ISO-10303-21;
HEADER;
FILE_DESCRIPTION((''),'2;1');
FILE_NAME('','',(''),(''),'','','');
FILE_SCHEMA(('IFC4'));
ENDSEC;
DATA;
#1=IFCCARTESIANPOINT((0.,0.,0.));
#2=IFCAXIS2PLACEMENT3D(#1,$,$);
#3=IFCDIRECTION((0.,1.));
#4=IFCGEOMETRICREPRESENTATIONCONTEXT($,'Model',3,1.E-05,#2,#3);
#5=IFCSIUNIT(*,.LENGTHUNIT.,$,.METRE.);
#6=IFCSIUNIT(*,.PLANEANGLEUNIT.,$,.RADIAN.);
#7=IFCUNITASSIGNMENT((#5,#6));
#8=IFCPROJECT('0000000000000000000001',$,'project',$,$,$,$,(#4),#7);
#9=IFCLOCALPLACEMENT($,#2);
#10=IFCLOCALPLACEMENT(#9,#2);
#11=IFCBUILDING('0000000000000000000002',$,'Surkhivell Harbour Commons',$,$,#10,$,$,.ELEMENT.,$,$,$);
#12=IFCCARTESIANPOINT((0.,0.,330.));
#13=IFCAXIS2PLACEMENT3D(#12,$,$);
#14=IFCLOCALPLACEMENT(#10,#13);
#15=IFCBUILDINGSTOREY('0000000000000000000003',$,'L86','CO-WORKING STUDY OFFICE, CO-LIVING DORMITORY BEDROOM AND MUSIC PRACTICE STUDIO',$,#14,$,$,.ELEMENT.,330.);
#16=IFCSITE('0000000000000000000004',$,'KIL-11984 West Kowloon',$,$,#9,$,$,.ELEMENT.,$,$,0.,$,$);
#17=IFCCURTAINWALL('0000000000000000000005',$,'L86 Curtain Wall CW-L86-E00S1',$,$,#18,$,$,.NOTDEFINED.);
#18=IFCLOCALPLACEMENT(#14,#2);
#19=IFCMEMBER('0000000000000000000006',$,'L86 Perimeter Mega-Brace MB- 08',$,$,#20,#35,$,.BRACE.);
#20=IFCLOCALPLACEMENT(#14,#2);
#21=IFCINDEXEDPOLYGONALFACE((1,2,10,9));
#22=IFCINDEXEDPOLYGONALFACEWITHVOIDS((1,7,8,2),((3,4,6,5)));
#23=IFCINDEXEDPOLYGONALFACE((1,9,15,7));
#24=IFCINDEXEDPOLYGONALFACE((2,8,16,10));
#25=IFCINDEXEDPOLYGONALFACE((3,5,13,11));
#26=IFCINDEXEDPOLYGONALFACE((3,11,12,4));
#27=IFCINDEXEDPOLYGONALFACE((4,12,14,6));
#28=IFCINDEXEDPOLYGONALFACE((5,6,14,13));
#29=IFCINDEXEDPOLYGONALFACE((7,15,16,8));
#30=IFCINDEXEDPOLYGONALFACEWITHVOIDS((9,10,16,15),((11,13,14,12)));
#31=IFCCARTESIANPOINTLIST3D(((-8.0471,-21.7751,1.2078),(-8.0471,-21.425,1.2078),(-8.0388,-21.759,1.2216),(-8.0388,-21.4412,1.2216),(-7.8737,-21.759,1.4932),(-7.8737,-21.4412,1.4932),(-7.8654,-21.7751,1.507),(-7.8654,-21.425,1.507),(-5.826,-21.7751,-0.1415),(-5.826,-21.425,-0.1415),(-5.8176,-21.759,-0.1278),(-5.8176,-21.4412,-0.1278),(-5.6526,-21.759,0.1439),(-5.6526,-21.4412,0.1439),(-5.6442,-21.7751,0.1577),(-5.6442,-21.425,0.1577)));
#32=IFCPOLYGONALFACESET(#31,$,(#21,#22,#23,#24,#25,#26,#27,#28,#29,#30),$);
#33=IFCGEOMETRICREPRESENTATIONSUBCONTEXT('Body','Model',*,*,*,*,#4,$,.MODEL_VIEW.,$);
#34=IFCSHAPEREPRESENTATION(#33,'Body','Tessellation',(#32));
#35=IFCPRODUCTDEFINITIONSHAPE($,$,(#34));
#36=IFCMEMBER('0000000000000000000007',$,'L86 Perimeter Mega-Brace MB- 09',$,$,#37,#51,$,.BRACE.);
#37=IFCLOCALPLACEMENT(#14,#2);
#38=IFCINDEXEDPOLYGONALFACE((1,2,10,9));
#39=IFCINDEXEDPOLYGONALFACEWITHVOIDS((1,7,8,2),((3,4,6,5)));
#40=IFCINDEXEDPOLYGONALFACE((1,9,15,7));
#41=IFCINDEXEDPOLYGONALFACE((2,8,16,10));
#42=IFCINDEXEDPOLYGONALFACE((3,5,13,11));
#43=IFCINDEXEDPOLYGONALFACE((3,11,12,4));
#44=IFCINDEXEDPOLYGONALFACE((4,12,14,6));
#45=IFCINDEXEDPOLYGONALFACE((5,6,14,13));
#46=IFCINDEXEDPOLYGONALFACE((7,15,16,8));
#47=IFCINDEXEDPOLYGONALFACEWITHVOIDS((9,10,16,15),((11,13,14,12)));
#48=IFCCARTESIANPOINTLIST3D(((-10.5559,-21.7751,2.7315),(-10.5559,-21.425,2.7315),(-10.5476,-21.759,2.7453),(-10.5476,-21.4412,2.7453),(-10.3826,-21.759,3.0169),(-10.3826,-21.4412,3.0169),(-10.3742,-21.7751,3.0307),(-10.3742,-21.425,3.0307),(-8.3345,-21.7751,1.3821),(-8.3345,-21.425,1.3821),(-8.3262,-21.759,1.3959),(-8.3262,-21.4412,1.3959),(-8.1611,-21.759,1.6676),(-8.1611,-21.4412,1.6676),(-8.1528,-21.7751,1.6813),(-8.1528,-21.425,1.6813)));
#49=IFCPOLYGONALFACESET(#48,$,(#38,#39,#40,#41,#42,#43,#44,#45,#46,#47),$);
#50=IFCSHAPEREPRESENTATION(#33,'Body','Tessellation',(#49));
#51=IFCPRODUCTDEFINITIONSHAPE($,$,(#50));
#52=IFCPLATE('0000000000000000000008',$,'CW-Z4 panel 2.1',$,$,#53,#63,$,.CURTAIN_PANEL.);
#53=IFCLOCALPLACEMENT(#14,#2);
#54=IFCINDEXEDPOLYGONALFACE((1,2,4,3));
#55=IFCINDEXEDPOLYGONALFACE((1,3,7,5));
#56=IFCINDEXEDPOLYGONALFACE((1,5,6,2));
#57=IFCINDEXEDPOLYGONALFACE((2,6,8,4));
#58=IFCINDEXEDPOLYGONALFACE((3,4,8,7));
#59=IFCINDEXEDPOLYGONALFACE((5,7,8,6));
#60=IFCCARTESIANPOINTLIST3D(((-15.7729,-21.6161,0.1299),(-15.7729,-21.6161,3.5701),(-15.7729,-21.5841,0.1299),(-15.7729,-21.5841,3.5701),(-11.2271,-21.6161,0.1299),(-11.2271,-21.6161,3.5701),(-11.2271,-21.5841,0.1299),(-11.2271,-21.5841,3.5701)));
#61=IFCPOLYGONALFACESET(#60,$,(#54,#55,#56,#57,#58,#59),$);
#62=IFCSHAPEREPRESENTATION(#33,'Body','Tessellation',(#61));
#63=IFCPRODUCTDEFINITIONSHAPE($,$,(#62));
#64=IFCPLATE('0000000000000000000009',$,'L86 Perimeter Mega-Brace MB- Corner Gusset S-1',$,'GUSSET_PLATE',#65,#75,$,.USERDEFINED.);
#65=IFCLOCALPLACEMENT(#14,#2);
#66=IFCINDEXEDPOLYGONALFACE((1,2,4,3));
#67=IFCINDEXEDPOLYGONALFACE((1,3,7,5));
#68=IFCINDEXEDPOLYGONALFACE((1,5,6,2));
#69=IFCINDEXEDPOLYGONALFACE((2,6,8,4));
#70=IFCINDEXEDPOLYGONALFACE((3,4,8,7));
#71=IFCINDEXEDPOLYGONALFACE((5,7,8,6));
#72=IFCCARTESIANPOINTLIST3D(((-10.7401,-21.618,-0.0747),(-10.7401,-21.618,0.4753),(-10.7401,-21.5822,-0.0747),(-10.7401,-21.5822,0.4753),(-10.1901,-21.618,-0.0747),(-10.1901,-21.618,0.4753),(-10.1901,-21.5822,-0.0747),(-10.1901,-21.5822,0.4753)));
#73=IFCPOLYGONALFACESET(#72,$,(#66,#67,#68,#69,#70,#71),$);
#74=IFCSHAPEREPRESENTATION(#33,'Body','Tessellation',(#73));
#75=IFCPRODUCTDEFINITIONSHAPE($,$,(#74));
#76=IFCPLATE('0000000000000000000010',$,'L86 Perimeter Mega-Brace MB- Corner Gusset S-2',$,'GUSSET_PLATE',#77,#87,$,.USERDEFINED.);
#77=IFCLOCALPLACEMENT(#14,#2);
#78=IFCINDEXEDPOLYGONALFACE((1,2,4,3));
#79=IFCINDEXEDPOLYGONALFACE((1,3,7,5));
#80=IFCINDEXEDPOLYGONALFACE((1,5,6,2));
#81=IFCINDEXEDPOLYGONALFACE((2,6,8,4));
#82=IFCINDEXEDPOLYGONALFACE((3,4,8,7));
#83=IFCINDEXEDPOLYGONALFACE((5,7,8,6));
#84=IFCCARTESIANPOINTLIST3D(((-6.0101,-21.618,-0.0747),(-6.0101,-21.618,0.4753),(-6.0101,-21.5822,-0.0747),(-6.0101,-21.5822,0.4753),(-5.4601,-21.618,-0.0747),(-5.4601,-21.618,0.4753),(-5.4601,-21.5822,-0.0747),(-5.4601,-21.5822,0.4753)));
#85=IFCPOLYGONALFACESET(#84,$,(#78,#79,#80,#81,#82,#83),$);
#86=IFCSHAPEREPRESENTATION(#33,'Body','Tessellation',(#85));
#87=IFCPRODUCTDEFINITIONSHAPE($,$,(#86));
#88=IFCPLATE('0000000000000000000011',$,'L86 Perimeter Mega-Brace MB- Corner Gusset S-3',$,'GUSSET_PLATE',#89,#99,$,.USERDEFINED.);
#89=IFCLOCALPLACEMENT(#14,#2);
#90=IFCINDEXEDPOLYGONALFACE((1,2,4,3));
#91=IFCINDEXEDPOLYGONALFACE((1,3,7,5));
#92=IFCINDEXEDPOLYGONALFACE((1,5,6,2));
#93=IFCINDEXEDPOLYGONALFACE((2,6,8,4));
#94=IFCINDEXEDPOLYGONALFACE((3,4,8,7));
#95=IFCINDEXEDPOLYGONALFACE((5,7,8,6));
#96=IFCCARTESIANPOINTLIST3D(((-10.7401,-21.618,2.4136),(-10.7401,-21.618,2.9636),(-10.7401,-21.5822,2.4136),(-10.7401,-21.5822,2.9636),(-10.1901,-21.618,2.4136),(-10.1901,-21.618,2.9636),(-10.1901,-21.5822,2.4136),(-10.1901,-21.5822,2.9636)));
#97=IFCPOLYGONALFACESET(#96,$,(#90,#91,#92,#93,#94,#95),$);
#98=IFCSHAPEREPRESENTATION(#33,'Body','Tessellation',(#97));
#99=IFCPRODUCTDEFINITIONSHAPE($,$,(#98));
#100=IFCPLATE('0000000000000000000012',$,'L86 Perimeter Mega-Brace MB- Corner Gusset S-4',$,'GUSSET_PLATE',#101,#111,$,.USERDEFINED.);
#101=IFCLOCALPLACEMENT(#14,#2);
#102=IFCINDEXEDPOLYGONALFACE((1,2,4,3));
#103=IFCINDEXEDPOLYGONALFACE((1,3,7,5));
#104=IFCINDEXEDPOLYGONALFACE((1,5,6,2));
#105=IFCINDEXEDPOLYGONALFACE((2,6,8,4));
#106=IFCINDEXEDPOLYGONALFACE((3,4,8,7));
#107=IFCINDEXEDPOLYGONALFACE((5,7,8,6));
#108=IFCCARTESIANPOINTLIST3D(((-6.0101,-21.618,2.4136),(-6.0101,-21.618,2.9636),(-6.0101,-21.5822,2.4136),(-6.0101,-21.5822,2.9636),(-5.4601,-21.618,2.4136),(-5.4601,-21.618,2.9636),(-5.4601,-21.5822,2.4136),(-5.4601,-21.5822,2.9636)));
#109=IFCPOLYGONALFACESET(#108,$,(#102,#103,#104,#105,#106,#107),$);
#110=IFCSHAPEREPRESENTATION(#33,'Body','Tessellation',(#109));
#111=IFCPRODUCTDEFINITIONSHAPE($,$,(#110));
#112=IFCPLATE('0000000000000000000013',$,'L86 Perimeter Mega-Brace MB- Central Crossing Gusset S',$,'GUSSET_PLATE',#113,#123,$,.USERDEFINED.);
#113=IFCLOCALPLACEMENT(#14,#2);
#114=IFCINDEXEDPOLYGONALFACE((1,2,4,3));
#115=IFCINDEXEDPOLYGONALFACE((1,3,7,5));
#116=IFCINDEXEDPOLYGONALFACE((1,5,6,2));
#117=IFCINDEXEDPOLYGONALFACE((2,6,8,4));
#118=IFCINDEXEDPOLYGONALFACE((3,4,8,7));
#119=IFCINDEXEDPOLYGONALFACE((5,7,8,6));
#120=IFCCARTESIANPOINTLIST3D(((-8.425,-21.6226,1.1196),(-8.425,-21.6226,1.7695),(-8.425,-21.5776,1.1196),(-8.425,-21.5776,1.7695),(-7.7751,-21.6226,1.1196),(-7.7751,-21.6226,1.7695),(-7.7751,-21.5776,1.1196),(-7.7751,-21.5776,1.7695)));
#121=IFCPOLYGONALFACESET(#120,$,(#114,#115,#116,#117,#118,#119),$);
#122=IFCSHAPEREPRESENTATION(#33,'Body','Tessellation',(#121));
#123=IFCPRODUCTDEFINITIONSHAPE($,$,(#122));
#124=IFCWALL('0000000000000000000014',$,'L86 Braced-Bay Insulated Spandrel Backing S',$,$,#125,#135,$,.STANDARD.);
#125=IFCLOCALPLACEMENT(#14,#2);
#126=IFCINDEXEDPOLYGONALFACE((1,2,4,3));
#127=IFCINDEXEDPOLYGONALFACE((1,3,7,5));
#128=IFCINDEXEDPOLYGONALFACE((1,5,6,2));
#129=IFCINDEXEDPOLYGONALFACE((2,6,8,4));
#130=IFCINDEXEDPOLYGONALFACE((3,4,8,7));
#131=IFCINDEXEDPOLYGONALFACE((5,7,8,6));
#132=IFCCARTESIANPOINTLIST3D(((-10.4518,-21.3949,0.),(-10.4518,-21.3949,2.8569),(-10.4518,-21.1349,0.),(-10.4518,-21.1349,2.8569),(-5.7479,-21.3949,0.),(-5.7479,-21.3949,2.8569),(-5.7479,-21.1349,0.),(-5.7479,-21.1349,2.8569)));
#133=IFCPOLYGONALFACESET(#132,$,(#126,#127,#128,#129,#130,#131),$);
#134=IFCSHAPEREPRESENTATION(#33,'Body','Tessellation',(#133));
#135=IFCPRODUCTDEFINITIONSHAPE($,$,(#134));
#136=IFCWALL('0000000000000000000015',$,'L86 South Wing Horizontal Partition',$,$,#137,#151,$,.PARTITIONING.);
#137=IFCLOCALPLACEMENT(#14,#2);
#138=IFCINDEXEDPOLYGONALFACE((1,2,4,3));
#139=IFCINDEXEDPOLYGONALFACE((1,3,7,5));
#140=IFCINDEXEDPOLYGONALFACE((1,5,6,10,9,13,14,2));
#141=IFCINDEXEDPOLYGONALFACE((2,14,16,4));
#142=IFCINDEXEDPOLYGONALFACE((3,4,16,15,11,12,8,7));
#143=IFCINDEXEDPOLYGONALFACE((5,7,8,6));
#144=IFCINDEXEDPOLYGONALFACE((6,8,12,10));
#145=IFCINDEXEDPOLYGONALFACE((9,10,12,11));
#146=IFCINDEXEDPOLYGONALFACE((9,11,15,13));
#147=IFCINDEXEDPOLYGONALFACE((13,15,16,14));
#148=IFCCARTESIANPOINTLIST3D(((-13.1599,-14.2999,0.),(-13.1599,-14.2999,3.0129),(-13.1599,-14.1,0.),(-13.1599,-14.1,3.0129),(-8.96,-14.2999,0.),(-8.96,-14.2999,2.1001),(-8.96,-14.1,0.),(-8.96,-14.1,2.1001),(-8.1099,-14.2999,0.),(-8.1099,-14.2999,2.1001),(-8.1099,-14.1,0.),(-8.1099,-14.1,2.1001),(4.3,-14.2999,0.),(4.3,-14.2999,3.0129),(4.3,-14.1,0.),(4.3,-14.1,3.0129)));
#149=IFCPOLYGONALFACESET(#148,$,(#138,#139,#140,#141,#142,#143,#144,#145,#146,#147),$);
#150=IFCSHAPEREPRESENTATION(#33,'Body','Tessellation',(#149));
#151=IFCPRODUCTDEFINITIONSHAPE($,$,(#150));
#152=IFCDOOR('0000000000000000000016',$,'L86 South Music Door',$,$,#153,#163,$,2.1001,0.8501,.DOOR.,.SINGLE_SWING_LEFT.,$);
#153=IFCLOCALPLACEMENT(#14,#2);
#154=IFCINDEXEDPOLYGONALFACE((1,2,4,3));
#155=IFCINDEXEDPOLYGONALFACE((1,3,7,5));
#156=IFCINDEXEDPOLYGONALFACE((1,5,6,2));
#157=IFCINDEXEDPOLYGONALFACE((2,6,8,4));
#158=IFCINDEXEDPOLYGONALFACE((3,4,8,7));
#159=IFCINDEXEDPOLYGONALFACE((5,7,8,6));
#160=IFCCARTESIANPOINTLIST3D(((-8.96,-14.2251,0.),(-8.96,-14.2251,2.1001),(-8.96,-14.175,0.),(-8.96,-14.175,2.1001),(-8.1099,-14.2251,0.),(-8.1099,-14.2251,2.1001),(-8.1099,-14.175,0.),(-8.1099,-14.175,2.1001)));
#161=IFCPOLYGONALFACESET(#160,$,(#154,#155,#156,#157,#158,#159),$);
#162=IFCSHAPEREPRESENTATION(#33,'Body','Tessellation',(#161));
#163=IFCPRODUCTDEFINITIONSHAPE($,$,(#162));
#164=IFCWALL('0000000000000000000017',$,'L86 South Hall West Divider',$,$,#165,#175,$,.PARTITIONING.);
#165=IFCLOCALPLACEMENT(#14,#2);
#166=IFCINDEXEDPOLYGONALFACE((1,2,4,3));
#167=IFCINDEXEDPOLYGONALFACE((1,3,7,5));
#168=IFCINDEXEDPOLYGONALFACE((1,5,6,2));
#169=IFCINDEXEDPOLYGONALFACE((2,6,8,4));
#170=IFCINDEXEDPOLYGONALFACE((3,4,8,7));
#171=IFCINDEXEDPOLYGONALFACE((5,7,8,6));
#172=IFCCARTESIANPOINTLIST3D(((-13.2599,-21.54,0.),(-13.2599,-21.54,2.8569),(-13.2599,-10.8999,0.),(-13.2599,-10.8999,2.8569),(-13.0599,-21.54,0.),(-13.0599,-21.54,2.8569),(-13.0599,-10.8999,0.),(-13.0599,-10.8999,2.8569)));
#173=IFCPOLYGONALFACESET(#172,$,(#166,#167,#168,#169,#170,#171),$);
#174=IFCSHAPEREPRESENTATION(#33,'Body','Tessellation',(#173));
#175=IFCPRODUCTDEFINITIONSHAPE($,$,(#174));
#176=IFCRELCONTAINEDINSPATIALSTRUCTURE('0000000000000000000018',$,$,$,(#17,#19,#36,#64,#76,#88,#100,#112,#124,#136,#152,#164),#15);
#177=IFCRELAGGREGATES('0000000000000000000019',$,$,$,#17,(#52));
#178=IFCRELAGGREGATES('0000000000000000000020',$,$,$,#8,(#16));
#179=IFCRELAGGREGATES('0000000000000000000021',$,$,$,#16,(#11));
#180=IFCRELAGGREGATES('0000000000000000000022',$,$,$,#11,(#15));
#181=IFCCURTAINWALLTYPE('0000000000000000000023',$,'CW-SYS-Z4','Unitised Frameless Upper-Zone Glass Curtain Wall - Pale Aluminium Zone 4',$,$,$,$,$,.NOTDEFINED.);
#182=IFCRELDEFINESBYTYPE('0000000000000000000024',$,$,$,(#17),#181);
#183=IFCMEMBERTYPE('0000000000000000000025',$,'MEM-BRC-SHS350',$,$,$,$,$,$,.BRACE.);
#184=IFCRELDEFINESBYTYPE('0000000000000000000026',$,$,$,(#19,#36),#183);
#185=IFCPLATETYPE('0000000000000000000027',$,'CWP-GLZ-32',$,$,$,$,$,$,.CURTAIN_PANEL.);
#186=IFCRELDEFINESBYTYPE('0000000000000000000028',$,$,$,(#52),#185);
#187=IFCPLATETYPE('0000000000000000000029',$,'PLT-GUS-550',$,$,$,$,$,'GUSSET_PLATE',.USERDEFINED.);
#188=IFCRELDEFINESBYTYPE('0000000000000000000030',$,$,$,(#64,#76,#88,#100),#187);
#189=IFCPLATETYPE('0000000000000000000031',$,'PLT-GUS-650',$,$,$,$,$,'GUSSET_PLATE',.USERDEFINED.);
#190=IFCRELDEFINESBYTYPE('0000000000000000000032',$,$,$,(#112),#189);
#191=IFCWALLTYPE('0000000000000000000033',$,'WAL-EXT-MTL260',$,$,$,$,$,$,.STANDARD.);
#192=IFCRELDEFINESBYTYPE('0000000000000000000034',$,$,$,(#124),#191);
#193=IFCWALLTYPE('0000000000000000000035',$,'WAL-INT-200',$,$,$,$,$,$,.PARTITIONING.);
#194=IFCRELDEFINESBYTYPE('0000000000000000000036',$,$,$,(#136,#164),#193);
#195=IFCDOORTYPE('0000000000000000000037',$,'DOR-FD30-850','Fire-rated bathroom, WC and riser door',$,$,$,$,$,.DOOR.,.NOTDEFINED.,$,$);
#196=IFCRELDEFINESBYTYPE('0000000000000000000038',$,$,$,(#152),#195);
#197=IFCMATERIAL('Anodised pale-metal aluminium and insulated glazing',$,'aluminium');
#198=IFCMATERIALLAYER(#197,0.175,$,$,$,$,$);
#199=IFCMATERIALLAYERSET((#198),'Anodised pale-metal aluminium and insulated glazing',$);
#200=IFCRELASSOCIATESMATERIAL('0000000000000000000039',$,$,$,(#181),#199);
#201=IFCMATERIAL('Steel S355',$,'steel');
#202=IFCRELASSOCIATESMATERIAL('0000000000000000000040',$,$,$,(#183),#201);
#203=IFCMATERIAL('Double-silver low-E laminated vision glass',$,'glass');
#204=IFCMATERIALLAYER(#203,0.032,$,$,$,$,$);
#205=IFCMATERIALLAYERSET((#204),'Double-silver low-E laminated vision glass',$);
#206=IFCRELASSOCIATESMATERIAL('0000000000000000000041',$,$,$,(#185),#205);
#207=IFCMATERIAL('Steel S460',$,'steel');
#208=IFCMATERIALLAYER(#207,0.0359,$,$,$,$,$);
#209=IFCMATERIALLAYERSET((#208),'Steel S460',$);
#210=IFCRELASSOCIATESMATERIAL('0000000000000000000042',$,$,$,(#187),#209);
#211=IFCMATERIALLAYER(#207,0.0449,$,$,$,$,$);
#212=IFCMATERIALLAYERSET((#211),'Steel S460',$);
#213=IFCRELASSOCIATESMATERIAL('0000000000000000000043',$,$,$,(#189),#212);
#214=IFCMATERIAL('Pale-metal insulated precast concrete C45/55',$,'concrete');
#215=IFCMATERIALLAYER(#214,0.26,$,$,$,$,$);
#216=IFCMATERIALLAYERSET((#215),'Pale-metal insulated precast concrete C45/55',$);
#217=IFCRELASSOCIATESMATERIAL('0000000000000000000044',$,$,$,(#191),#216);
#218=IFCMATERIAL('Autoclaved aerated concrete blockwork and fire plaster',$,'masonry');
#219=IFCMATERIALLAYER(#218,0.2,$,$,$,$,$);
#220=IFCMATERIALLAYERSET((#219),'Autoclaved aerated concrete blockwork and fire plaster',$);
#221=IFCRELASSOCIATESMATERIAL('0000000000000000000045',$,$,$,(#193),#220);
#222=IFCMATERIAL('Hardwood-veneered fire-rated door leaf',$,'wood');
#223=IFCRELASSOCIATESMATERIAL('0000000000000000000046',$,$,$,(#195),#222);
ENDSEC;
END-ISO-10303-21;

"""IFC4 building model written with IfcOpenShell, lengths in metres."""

from ifc_helpers import new_model, si_unit, direction, frame, frame_2d, origin, origin_2d, place, context, subcontext, project, spatial, rectangle, hollow_rectangle, extrude, material, layer, layer_set, material_profile, profile_set, type_object, element, fill, aggregate, save


model = new_model("IFC4")

# Units and contexts
model_context = context("Model", 3, precision=1e-05, world=origin(), true_north=direction((0.0, 1.0)))
body_context = subcontext(model_context, "Body", "Model", "MODEL_VIEW")
ifc_project = project(units=[si_unit("LENGTHUNIT", "METRE"), si_unit("PLANEANGLEUNIT", "RADIAN")], contexts=[model_context])

# Site, building, storey
site_placement = place(None, origin())
site = spatial("IfcSite", under=ifc_project, at=site_placement, Name="KIL-11984 West Kowloon", CompositionType="ELEMENT", RefElevation=0.0)
building_placement = place(site_placement, origin())
building = spatial("IfcBuilding", under=site, at=building_placement, Name="Surkhivell Harbour Commons", CompositionType="ELEMENT")
storey_placement = place(building_placement, frame((0.0, 0.0, 330.0)))
storey = spatial("IfcBuildingStorey", under=building, at=storey_placement, Name="L86", Description="CO-WORKING STUDY OFFICE, CO-LIVING DORMITORY BEDROOM AND MUSIC PRACTICE STUDIO", CompositionType="ELEMENT", Elevation=330.0)

# Shared definitions
ifc_material_1 = material(Name="Steel S355", Category="steel")

# Curtain wall
ifc_material_2 = material(Name="Anodised pale-metal aluminium and insulated glazing", Category="aluminium")
ifc_layer_1 = layer(ifc_material_2, 0.175)
ifc_layer_set_1 = layer_set([ifc_layer_1], Name="Anodised pale-metal aluminium and insulated glazing")
curtain_wall_type = type_object("IfcCurtainWallType", Name="CW-SYS-Z4", Description="Unitised Frameless Upper-Zone Glass Curtain Wall - Pale Aluminium Zone 4", PredefinedType="NOTDEFINED", material=ifc_layer_set_1)
curtain_wall_placement = place(storey_placement, origin())
curtain_wall = element("IfcCurtainWall", 1, at=curtain_wall_placement, inside=storey, type_object=curtain_wall_type, Name="L86 Curtain Wall CW-L86-E00S1", PredefinedType="NOTDEFINED")

# Members
ifc_material_profile_1 = material_profile(ifc_material_1, hollow_rectangle(XDim=0.3501, YDim=0.3501, WallThickness=0.0161, at=origin_2d()), Name="SHS350x350x16")
ifc_profile_set_1 = profile_set([ifc_material_profile_1], Name="Steel S355")
member_type_1 = type_object("IfcMemberType", Name="MEM-BRC-SHS350", PredefinedType="BRACE", material=ifc_profile_set_1)
member_1_placement = place(storey_placement, frame((-5.7351, -21.6001, 0.0081), z_axis=(-0.854654, 0.0, 0.519199), x_axis=(0.0, -1.0, 0.0)))
element("IfcMember", 2, at=member_1_placement, inside=storey, type_object=member_type_1, Name="L86 Perimeter Mega-Brace MB- 08", PredefinedType="BRACE", context=body_context, shape_type="SweptSolid", body=[
    extrude(hollow_rectangle(XDim=0.3501, YDim=0.3501, WallThickness=0.0161, at=origin_2d()), origin(), (0.0, 0.0, 1.0), 2.5989),
])
member_2_placement = place(storey_placement, frame((-8.2437, -21.6001, 1.5317), z_axis=(-0.854679, 0.0, 0.519157), x_axis=(0.0, -1.0, 0.0)))
element("IfcMember", 3, at=member_2_placement, inside=storey, type_object=member_type_1, Name="L86 Perimeter Mega-Brace MB- 09", PredefinedType="BRACE", context=body_context, shape_type="SweptSolid", body=[
    extrude(hollow_rectangle(XDim=0.3501, YDim=0.3501, WallThickness=0.0161, at=origin_2d()), origin(), (0.0, 0.0, 1.0), 2.5991),
])

# Plate
ifc_material_3 = material(Name="Double-silver low-E laminated vision glass", Category="glass")
ifc_layer_2 = layer(ifc_material_3, 0.032)
ifc_layer_set_2 = layer_set([ifc_layer_2], Name="Double-silver low-E laminated vision glass")
plate_type_1 = type_object("IfcPlateType", Name="CWP-GLZ-32", PredefinedType="CURTAIN_PANEL", material=ifc_layer_set_2)
plate_1_placement = place(storey_placement, frame((-15.7729, -21.6001, 0.1299), z_axis=(0.0, 0.0, 1.0), x_axis=(1.0, 0.0, 0.0)))
plate_1 = element("IfcPlate", 4, at=plate_1_placement, type_object=plate_type_1, Name="CW-Z4 panel 2.1", PredefinedType="CURTAIN_PANEL", context=body_context, shape_type="SweptSolid", body=[
    extrude(rectangle(XDim=4.5459, YDim=0.032, at=frame_2d((2.2729, 0.0))), origin(), (0.0, 0.0, 1.0), 3.4402),
])
aggregate(curtain_wall, [plate_1])

# Plates
ifc_material_4 = material(Name="Steel S460", Category="steel")
ifc_layer_3 = layer(ifc_material_4, 0.0359)
ifc_layer_set_3 = layer_set([ifc_layer_3], Name="Steel S460")
plate_type_2 = type_object("IfcPlateType", Name="PLT-GUS-550", ElementType="GUSSET_PLATE", PredefinedType="USERDEFINED", material=ifc_layer_set_3)
for number, where, z_axis, x_axis, name in (
    (5, (-10.4651, -21.6001, -0.0747), (0.0, 0.0, 1.0), (1.0, 0.0, 0.0), "L86 Perimeter Mega-Brace MB- Corner Gusset S-1"),
    (6, (-5.7351, -21.6001, -0.0747), (0.0, 0.0, 1.0), (1.0, 0.0, 0.0), "L86 Perimeter Mega-Brace MB- Corner Gusset S-2"),
    (7, (-10.4651, -21.6001, 2.4136), (0.0, 0.0, 1.0), (1.0, 0.0, 0.0), "L86 Perimeter Mega-Brace MB- Corner Gusset S-3"),
    (8, (-5.7351, -21.6001, 2.4136), (0.0, 0.0, 1.0), (1.0, 0.0, 0.0), "L86 Perimeter Mega-Brace MB- Corner Gusset S-4"),
):
    element("IfcPlate", number, at=place(storey_placement, frame(where, z_axis=z_axis, x_axis=x_axis)), inside=storey, type_object=plate_type_2, Name=name, ObjectType="GUSSET_PLATE", PredefinedType="USERDEFINED", context=body_context, shape_type="SweptSolid", body=[
        extrude(rectangle(XDim=0.55, YDim=0.0359, at=origin_2d()), origin(), (0.0, 0.0, 1.0), 0.55),
    ])
ifc_layer_4 = layer(ifc_material_4, 0.0449)
ifc_layer_set_4 = layer_set([ifc_layer_4], Name="Steel S460")
plate_type_3 = type_object("IfcPlateType", Name="PLT-GUS-650", ElementType="GUSSET_PLATE", PredefinedType="USERDEFINED", material=ifc_layer_set_4)
plate_2_placement = place(storey_placement, frame((-8.1001, -21.6001, 1.1196), z_axis=(0.0, 0.0, 1.0), x_axis=(1.0, 0.0, 0.0)))
element("IfcPlate", 9, at=plate_2_placement, inside=storey, type_object=plate_type_3, Name="L86 Perimeter Mega-Brace MB- Central Crossing Gusset S", ObjectType="GUSSET_PLATE", PredefinedType="USERDEFINED", context=body_context, shape_type="SweptSolid", body=[
    extrude(rectangle(XDim=0.6499, YDim=0.0449, at=origin_2d()), origin(), (0.0, 0.0, 1.0), 0.6499),
])

# Wall
ifc_material_5 = material(Name="Pale-metal insulated precast concrete C45/55", Category="concrete")
ifc_layer_5 = layer(ifc_material_5, 0.26)
ifc_layer_set_5 = layer_set([ifc_layer_5], Name="Pale-metal insulated precast concrete C45/55")
wall_type_1 = type_object("IfcWallType", Name="WAL-EXT-MTL260", PredefinedType="STANDARD", material=ifc_layer_set_5)
wall_1_placement = place(storey_placement, frame((-10.4519, -21.2649, 0.0), z_axis=(0.0, 0.0, 1.0), x_axis=(1.0, 0.0, 0.0)))
element("IfcWall", 10, at=wall_1_placement, inside=storey, type_object=wall_type_1, Name="L86 Braced-Bay Insulated Spandrel Backing S", PredefinedType="STANDARD", context=body_context, shape_type="SweptSolid", body=[
    extrude(rectangle(XDim=4.7039, YDim=0.26, at=frame_2d((2.3521, 0.0))), origin(), (0.0, 0.0, 1.0), 2.8569),
])

# Wall, opening, door
ifc_material_6 = material(Name="Autoclaved aerated concrete blockwork and fire plaster", Category="masonry")
ifc_layer_6 = layer(ifc_material_6, 0.2)
ifc_layer_set_6 = layer_set([ifc_layer_6], Name="Autoclaved aerated concrete blockwork and fire plaster")
wall_type_2 = type_object("IfcWallType", Name="WAL-INT-200", PredefinedType="PARTITIONING", material=ifc_layer_set_6)
wall_2_placement = place(storey_placement, frame((-13.1599, -14.2, 0.0), z_axis=(0.0, 0.0, 1.0), x_axis=(1.0, 0.0, 0.0)))
wall_2 = element("IfcWall", 11, at=wall_2_placement, inside=storey, type_object=wall_type_2, Name="L86 South Wing Horizontal Partition", PredefinedType="PARTITIONING", context=body_context, shape_type="SweptSolid", body=[
    extrude(rectangle(XDim=17.46, YDim=0.2, at=frame_2d((8.73, 0.0))), origin(), (0.0, 0.0, 1.0), 3.0129),
])
opening_placement = place(wall_2_placement, frame((4.2, 0.0, 0.0)))
opening = element("IfcOpeningElement", 12, at=opening_placement, cuts=wall_2, PredefinedType="OPENING", context=body_context, shape_type="SweptSolid", body=[
    extrude(rectangle(XDim=0.8501, YDim=2.1001, at=frame_2d((0.425, 1.05))), frame((0.0, 0.1099, 0.0), z_axis=(0.0, -1.0, 0.0), x_axis=(1.0, 0.0, 0.0)), (0.0, 0.0, 1.0), 0.22),
])
ifc_material_7 = material(Name="Hardwood-veneered fire-rated door leaf", Category="wood")
door_type = type_object("IfcDoorType", Name="DOR-FD30-850", Description="Fire-rated bathroom, WC and riser door", OperationType="NOTDEFINED", PredefinedType="DOOR", material=ifc_material_7)
door_placement = place(opening_placement, origin())
door = element("IfcDoor", 13, at=door_placement, inside=storey, type_object=door_type, Name="L86 South Music Door", OperationType="SINGLE_SWING_LEFT", OverallHeight=2.1001, OverallWidth=0.8501, PredefinedType="DOOR", context=body_context, shape_type="SweptSolid", body=[
    extrude(rectangle(XDim=0.8501, YDim=2.1001, at=frame_2d((0.425, 1.05))), frame((0.0, 0.0249, 0.0), z_axis=(0.0, -1.0, 0.0), x_axis=(1.0, 0.0, 0.0)), (0.0, 0.0, 1.0), 0.05),
])
fill(opening, door)

# Wall
wall_3_placement = place(storey_placement, frame((-13.1599, -21.54, 0.0), z_axis=(0.0, 0.0, 1.0), x_axis=(0.0, 1.0, 0.0)))
element("IfcWall", 14, at=wall_3_placement, inside=storey, type_object=wall_type_2, Name="L86 South Hall West Divider", PredefinedType="PARTITIONING", context=body_context, shape_type="SweptSolid", body=[
    extrude(rectangle(XDim=10.6401, YDim=0.2, at=frame_2d((5.3201, 0.0))), origin(), (0.0, 0.0, 1.0), 2.8569),
])

save(model, "model.ifc")
